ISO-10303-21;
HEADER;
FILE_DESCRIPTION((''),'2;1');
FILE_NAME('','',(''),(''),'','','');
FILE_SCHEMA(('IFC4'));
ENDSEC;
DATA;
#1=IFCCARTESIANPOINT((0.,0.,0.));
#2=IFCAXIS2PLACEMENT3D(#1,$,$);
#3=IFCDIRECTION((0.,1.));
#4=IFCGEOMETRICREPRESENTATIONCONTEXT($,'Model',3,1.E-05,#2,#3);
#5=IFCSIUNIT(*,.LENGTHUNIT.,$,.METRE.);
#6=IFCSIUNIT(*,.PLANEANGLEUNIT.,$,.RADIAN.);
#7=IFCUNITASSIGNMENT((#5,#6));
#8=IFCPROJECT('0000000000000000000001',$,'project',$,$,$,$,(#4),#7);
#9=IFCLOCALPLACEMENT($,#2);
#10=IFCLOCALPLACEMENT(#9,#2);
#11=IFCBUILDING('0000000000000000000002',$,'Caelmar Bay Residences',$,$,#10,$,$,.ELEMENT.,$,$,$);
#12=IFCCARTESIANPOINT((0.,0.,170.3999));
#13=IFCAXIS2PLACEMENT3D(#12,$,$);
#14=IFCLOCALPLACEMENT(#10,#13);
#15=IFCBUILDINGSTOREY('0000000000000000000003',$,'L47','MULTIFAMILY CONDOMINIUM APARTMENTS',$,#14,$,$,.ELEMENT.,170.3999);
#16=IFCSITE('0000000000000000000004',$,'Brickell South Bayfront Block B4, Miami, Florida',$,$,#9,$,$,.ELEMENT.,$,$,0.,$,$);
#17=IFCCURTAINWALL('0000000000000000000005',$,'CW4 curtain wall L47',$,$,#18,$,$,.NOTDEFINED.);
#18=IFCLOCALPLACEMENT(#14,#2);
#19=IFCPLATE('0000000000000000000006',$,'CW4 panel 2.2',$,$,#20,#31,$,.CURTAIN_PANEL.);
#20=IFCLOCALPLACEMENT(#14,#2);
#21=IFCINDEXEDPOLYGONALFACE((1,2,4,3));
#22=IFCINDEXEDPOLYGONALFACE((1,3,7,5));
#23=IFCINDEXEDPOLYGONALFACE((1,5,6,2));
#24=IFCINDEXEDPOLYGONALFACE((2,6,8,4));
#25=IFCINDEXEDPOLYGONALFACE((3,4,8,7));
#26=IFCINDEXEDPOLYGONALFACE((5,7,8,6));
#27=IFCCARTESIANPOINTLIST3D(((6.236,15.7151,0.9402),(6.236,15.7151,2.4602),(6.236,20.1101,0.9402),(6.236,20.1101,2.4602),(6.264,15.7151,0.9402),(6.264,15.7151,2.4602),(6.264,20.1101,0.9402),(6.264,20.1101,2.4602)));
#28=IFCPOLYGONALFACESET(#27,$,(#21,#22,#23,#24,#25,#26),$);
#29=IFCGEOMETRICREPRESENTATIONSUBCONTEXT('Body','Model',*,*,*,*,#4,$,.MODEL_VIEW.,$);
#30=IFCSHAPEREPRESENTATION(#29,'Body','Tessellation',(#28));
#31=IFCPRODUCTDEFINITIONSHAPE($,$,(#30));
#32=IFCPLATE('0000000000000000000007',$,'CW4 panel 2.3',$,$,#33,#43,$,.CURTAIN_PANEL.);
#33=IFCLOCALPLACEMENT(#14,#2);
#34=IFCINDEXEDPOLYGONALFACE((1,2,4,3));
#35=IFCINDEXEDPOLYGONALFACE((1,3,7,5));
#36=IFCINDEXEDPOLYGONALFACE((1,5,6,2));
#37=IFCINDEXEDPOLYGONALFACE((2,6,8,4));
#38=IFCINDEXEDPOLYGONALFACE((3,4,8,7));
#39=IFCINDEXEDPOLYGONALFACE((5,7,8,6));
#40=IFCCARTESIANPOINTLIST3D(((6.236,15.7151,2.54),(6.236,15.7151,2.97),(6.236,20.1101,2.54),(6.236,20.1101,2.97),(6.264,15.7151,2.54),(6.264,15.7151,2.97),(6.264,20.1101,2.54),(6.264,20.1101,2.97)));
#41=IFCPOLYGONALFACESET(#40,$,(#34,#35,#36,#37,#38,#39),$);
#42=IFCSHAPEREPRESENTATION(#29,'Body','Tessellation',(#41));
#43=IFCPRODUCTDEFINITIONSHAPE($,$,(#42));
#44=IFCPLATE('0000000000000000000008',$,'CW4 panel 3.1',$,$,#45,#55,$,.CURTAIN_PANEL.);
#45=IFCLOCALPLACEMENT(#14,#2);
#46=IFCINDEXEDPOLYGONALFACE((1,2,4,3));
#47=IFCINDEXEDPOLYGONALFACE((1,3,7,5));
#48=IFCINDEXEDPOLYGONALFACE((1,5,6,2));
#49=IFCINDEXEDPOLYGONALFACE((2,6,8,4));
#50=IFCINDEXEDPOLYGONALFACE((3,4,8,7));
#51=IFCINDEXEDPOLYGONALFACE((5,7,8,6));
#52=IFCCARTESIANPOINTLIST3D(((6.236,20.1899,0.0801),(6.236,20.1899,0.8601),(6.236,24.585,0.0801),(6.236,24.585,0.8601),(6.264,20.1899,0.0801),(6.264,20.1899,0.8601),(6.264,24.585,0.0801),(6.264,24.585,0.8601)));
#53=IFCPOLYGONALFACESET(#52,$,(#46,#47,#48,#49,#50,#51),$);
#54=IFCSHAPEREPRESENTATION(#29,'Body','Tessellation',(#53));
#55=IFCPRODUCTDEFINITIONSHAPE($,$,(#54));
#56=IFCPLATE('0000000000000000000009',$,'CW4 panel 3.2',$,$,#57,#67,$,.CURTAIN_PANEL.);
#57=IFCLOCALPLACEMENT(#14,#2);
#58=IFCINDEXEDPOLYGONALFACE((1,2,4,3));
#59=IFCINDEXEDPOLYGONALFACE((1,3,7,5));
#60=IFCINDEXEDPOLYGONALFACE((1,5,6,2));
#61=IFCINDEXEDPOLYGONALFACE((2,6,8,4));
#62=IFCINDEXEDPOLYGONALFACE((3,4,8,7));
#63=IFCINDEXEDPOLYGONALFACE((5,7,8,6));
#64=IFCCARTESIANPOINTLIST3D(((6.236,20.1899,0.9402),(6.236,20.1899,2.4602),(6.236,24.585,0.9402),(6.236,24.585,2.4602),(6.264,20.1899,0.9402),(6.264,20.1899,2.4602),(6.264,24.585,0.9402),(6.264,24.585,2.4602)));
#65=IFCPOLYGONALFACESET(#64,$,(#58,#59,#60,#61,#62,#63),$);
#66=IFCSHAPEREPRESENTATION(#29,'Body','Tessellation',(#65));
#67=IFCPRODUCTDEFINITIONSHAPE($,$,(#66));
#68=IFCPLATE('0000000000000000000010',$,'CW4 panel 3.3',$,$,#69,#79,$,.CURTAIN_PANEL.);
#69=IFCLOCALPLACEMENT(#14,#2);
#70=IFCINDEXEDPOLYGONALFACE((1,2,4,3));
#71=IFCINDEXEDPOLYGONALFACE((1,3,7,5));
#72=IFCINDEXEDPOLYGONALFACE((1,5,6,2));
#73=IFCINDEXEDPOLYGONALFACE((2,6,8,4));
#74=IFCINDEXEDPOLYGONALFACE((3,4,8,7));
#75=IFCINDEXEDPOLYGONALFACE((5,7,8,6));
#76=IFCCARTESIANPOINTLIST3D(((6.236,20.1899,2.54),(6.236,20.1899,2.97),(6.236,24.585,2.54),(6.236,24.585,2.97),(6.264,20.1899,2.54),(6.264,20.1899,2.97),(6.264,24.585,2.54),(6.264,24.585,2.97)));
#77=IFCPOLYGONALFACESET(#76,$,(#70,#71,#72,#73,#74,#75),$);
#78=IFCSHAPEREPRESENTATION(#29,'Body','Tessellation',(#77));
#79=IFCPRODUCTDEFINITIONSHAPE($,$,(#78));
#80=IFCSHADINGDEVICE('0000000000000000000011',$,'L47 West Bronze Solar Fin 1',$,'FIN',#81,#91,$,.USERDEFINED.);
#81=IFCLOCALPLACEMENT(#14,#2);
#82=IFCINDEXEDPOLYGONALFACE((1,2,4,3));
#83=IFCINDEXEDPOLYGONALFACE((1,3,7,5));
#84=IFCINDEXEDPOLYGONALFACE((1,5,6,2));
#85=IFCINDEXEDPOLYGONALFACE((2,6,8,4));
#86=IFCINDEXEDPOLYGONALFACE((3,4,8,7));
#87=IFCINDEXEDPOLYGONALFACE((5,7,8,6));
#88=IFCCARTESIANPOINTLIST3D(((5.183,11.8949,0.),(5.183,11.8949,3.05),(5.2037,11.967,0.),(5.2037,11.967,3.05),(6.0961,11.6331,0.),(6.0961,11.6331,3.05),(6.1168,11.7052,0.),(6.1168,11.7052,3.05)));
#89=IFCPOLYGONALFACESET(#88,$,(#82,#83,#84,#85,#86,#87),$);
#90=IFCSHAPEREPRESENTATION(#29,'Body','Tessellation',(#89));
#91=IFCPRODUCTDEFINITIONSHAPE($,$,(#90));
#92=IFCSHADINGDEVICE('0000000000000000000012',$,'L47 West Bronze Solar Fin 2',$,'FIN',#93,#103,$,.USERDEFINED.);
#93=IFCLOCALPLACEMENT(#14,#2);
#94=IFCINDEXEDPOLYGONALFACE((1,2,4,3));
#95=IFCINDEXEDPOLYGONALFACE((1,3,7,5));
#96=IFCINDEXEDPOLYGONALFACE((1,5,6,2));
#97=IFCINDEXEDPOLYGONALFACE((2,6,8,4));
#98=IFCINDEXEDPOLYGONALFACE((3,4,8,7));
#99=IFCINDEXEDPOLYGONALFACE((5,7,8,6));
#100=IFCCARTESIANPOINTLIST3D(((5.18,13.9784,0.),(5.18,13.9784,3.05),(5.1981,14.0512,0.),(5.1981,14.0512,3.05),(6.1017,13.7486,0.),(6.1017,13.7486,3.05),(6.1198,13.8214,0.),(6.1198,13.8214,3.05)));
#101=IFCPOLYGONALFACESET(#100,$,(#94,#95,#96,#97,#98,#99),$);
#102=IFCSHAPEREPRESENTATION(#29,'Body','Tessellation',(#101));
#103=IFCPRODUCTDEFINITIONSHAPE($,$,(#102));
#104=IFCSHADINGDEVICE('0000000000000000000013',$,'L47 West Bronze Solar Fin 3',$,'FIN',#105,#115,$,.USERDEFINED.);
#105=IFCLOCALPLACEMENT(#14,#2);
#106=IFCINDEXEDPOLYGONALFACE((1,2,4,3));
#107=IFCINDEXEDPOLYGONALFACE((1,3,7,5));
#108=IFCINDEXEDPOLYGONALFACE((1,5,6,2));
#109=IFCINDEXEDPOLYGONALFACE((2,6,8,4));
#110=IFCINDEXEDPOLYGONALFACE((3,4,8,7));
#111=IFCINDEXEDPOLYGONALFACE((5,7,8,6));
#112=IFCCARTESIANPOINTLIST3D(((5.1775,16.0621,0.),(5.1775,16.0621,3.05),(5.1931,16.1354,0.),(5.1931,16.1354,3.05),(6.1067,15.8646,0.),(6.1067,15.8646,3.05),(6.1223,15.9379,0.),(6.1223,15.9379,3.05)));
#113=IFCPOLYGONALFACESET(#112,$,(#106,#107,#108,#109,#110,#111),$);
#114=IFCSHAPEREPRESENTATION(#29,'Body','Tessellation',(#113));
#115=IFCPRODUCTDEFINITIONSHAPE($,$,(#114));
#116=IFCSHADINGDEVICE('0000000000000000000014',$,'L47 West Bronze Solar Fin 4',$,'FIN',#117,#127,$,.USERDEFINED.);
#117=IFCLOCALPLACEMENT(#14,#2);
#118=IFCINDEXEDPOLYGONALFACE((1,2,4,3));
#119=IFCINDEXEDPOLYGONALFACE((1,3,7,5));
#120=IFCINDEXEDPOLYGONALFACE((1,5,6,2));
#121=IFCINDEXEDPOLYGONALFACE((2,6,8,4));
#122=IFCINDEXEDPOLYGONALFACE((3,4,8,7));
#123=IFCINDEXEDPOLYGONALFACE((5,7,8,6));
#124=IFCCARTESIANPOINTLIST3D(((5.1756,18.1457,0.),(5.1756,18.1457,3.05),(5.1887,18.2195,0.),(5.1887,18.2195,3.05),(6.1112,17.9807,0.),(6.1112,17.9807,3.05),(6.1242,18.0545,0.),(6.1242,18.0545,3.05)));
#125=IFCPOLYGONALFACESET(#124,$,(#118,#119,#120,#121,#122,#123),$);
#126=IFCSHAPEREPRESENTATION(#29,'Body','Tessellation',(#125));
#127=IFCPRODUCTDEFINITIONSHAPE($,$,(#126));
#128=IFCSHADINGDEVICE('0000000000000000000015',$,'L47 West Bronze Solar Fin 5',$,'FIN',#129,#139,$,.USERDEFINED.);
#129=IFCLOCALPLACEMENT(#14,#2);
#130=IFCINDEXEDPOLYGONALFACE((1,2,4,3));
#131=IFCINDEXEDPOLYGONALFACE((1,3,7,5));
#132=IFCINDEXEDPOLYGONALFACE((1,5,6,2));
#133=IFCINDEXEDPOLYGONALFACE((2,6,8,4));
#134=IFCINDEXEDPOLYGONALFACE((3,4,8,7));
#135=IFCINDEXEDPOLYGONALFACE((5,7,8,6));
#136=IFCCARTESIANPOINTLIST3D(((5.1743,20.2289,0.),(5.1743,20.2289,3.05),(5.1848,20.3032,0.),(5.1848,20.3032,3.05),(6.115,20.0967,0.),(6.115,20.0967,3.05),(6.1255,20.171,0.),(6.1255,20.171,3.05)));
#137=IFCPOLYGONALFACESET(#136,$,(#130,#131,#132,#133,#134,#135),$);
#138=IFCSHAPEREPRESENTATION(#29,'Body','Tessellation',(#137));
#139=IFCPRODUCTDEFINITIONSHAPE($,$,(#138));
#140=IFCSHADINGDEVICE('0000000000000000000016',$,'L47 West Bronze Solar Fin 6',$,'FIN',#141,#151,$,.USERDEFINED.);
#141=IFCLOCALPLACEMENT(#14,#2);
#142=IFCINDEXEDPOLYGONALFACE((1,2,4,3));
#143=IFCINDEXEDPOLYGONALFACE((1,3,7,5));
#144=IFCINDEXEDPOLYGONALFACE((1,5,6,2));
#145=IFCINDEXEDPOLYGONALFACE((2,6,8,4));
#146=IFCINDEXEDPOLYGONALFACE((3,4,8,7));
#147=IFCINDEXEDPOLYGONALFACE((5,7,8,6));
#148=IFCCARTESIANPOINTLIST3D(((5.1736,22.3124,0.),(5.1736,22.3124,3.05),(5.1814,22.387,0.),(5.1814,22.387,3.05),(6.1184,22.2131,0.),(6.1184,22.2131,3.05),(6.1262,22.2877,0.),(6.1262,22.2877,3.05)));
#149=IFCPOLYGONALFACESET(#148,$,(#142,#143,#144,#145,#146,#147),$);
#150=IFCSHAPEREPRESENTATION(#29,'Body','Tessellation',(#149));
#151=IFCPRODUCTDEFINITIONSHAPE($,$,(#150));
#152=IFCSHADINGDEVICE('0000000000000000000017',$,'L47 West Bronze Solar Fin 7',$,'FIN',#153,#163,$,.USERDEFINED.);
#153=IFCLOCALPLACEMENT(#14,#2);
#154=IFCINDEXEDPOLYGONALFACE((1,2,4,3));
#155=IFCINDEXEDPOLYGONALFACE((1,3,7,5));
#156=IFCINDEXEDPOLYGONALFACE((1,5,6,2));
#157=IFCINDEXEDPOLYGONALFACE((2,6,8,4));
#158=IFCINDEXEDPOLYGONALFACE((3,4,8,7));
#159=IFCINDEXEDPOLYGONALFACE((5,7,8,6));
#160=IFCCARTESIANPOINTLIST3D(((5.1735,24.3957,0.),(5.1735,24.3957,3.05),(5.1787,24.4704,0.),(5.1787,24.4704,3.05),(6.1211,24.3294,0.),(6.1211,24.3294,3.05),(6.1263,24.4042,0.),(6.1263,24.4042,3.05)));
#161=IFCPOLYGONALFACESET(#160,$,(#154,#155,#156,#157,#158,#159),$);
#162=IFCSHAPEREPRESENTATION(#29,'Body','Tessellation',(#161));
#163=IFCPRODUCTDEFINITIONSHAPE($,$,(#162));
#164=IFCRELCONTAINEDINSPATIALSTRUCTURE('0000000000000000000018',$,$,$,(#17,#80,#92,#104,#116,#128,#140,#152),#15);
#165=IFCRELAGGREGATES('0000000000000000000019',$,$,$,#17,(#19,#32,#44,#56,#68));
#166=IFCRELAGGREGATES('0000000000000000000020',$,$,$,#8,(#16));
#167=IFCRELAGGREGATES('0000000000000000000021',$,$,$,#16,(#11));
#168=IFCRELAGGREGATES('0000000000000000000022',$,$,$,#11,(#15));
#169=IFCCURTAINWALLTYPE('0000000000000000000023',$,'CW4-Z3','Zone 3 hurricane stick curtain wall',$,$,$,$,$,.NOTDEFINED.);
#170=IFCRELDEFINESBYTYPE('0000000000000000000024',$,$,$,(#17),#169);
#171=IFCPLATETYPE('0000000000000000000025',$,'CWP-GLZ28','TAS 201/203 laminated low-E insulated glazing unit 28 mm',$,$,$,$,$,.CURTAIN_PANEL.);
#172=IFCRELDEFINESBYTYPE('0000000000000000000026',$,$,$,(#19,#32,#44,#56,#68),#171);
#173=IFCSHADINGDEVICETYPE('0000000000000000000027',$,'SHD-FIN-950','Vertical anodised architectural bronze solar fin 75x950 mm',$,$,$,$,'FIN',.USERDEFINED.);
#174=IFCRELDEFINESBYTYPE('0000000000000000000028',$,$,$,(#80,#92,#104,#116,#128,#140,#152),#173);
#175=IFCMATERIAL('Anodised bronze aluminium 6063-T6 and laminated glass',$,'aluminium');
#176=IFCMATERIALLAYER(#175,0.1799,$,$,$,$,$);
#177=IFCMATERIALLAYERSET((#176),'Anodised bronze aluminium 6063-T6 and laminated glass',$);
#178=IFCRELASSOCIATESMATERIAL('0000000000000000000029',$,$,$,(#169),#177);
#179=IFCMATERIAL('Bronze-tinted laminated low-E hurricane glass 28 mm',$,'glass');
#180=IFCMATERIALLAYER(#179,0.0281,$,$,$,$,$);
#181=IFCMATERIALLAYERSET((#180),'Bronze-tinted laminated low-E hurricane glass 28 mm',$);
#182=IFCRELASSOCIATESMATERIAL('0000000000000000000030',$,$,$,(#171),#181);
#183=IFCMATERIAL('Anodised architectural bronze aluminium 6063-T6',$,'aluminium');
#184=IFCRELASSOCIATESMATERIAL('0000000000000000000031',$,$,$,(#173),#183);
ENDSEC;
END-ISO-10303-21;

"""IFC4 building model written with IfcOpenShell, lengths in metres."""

from ifc_helpers import new_model, si_unit, direction, frame, origin, origin_2d, place, context, subcontext, project, spatial, rectangle, extrude, material, layer, layer_set, material_profile, profile_set, type_object, element, aggregate, save


model = new_model("IFC4")

# Units and contexts
model_context = context("Model", 3, precision=1e-05, world=origin(), true_north=direction((0.0, 1.0)))
body_context = subcontext(model_context, "Body", "Model", "MODEL_VIEW")
ifc_project = project(units=[si_unit("LENGTHUNIT", "METRE"), si_unit("PLANEANGLEUNIT", "RADIAN")], contexts=[model_context])

# Site, building, storey
site_placement = place(None, origin())
site = spatial("IfcSite", under=ifc_project, at=site_placement, Name="Brickell South Bayfront Block B4, Miami, Florida", CompositionType="ELEMENT", RefElevation=0.0)
building_placement = place(site_placement, origin())
building = spatial("IfcBuilding", under=site, at=building_placement, Name="Caelmar Bay Residences", CompositionType="ELEMENT")
storey_placement = place(building_placement, frame((0.0, 0.0, 170.3999)))
storey = spatial("IfcBuildingStorey", under=building, at=storey_placement, Name="L47", Description="MULTIFAMILY CONDOMINIUM APARTMENTS", CompositionType="ELEMENT", Elevation=170.3999)

# Curtain wall, plates
ifc_material_1 = material(Name="Anodised bronze aluminium 6063-T6 and laminated glass", Category="aluminium")
ifc_layer_1 = layer(ifc_material_1, 0.1799)
ifc_layer_set_1 = layer_set([ifc_layer_1], Name="Anodised bronze aluminium 6063-T6 and laminated glass")
curtain_wall_type = type_object("IfcCurtainWallType", Name="CW4-Z3", Description="Zone 3 hurricane stick curtain wall", PredefinedType="NOTDEFINED", material=ifc_layer_set_1)
curtain_wall_placement = place(storey_placement, origin())
curtain_wall = element("IfcCurtainWall", 1, at=curtain_wall_placement, inside=storey, type_object=curtain_wall_type, Name="CW4 curtain wall L47", PredefinedType="NOTDEFINED")
ifc_material_2 = material(Name="Bronze-tinted laminated low-E hurricane glass 28 mm", Category="glass")
ifc_layer_2 = layer(ifc_material_2, 0.0281)
ifc_layer_set_2 = layer_set([ifc_layer_2], Name="Bronze-tinted laminated low-E hurricane glass 28 mm")
plate_type = type_object("IfcPlateType", Name="CWP-GLZ28", Description="TAS 201/203 laminated low-E insulated glazing unit 28 mm", PredefinedType="CURTAIN_PANEL", material=ifc_layer_set_2)
plate_1_placement = place(storey_placement, frame((6.25, 17.9126, 0.9402), z_axis=(0.0, 0.0, 1.0), x_axis=(0.0, 1.0, 0.0)))
plate_1 = element("IfcPlate", 2, at=plate_1_placement, type_object=plate_type, Name="CW4 panel 2.2", PredefinedType="CURTAIN_PANEL", context=body_context, shape_type="SweptSolid", body=[
    extrude(rectangle(XDim=4.395, YDim=0.0281, at=origin_2d()), origin(), (0.0, 0.0, 1.0), 1.52),
])
plate_2_placement = place(storey_placement, frame((6.25, 17.9126, 2.54), z_axis=(0.0, 0.0, 1.0), x_axis=(0.0, 1.0, 0.0)))
plate_2 = element("IfcPlate", 3, at=plate_2_placement, type_object=plate_type, Name="CW4 panel 2.3", PredefinedType="CURTAIN_PANEL", context=body_context, shape_type="SweptSolid", body=[
    extrude(rectangle(XDim=4.395, YDim=0.0281, at=origin_2d()), origin(), (0.0, 0.0, 1.0), 0.4299),
])
plate_3_placement = place(storey_placement, frame((6.25, 22.3875, 0.0801), z_axis=(0.0, 0.0, 1.0), x_axis=(0.0, 1.0, 0.0)))
plate_3 = element("IfcPlate", 4, at=plate_3_placement, type_object=plate_type, Name="CW4 panel 3.1", PredefinedType="CURTAIN_PANEL", context=body_context, shape_type="SweptSolid", body=[
    extrude(rectangle(XDim=4.395, YDim=0.0281, at=origin_2d()), origin(), (0.0, 0.0, 1.0), 0.78),
])
plate_4_placement = place(storey_placement, frame((6.25, 22.3875, 0.9402), z_axis=(0.0, 0.0, 1.0), x_axis=(0.0, 1.0, 0.0)))
plate_4 = element("IfcPlate", 5, at=plate_4_placement, type_object=plate_type, Name="CW4 panel 3.2", PredefinedType="CURTAIN_PANEL", context=body_context, shape_type="SweptSolid", body=[
    extrude(rectangle(XDim=4.395, YDim=0.0281, at=origin_2d()), origin(), (0.0, 0.0, 1.0), 1.52),
])
plate_5_placement = place(storey_placement, frame((6.25, 22.3875, 2.54), z_axis=(0.0, 0.0, 1.0), x_axis=(0.0, 1.0, 0.0)))
plate_5 = element("IfcPlate", 6, at=plate_5_placement, type_object=plate_type, Name="CW4 panel 3.3", PredefinedType="CURTAIN_PANEL", context=body_context, shape_type="SweptSolid", body=[
    extrude(rectangle(XDim=4.395, YDim=0.0281, at=origin_2d()), origin(), (0.0, 0.0, 1.0), 0.4299),
])
aggregate(curtain_wall, [plate_1, plate_2, plate_3, plate_4, plate_5])

# Shading devices
ifc_material_3 = material(Name="Anodised architectural bronze aluminium 6063-T6", Category="aluminium")
ifc_material_profile_1 = material_profile(ifc_material_3, rectangle(XDim=0.075, YDim=0.95, at=origin_2d()), Name="BRONZE-FIN-75X950")
ifc_profile_set_1 = profile_set([ifc_material_profile_1], Name="Anodised architectural bronze aluminium 6063-T6")
shading_device_type = type_object("IfcShadingDeviceType", Name="SHD-FIN-950", Description="Vertical anodised architectural bronze solar fin 75x950 mm", ElementType="FIN", PredefinedType="USERDEFINED", material=ifc_profile_set_1)
for number, where, z_axis, x_axis, name in (
    (7, (5.6499, 11.8, 0.0), (0.0, 0.0, 1.0), (0.275637, 0.961262, 0.0), "L47 West Bronze Solar Fin 1"),
    (8, (5.6499, 13.8999, 0.0), (0.0, 0.0, 1.0), (0.241922, 0.970296, 0.0), "L47 West Bronze Solar Fin 2"),
    (9, (5.6499, 16.0, 0.0), (0.0, 0.0, 1.0), (0.207912, 0.978148, 0.0), "L47 West Bronze Solar Fin 3"),
    (10, (5.6499, 18.1001, 0.0), (0.0, 0.0, 1.0), (0.173648, 0.984808, 0.0), "L47 West Bronze Solar Fin 4"),
    (11, (5.6499, 20.2, 0.0), (0.0, 0.0, 1.0), (0.139173, 0.990268, 0.0), "L47 West Bronze Solar Fin 5"),
    (12, (5.6499, 22.3, 0.0), (0.0, 0.0, 1.0), (0.104528, 0.994522, 0.0), "L47 West Bronze Solar Fin 6"),
    (13, (5.6499, 24.3999, 0.0), (0.0, 0.0, 1.0), (0.069756, 0.997564, 0.0), "L47 West Bronze Solar Fin 7"),
):
    element("IfcShadingDevice", number, at=place(storey_placement, frame(where, z_axis=z_axis, x_axis=x_axis)), inside=storey, type_object=shading_device_type, Name=name, ObjectType="FIN", PredefinedType="USERDEFINED", context=body_context, shape_type="SweptSolid", body=[
        extrude(rectangle(XDim=0.075, YDim=0.95, at=origin_2d()), origin(), (0.0, 0.0, 1.0), 3.05),
    ])

save(model, "model.ifc")
